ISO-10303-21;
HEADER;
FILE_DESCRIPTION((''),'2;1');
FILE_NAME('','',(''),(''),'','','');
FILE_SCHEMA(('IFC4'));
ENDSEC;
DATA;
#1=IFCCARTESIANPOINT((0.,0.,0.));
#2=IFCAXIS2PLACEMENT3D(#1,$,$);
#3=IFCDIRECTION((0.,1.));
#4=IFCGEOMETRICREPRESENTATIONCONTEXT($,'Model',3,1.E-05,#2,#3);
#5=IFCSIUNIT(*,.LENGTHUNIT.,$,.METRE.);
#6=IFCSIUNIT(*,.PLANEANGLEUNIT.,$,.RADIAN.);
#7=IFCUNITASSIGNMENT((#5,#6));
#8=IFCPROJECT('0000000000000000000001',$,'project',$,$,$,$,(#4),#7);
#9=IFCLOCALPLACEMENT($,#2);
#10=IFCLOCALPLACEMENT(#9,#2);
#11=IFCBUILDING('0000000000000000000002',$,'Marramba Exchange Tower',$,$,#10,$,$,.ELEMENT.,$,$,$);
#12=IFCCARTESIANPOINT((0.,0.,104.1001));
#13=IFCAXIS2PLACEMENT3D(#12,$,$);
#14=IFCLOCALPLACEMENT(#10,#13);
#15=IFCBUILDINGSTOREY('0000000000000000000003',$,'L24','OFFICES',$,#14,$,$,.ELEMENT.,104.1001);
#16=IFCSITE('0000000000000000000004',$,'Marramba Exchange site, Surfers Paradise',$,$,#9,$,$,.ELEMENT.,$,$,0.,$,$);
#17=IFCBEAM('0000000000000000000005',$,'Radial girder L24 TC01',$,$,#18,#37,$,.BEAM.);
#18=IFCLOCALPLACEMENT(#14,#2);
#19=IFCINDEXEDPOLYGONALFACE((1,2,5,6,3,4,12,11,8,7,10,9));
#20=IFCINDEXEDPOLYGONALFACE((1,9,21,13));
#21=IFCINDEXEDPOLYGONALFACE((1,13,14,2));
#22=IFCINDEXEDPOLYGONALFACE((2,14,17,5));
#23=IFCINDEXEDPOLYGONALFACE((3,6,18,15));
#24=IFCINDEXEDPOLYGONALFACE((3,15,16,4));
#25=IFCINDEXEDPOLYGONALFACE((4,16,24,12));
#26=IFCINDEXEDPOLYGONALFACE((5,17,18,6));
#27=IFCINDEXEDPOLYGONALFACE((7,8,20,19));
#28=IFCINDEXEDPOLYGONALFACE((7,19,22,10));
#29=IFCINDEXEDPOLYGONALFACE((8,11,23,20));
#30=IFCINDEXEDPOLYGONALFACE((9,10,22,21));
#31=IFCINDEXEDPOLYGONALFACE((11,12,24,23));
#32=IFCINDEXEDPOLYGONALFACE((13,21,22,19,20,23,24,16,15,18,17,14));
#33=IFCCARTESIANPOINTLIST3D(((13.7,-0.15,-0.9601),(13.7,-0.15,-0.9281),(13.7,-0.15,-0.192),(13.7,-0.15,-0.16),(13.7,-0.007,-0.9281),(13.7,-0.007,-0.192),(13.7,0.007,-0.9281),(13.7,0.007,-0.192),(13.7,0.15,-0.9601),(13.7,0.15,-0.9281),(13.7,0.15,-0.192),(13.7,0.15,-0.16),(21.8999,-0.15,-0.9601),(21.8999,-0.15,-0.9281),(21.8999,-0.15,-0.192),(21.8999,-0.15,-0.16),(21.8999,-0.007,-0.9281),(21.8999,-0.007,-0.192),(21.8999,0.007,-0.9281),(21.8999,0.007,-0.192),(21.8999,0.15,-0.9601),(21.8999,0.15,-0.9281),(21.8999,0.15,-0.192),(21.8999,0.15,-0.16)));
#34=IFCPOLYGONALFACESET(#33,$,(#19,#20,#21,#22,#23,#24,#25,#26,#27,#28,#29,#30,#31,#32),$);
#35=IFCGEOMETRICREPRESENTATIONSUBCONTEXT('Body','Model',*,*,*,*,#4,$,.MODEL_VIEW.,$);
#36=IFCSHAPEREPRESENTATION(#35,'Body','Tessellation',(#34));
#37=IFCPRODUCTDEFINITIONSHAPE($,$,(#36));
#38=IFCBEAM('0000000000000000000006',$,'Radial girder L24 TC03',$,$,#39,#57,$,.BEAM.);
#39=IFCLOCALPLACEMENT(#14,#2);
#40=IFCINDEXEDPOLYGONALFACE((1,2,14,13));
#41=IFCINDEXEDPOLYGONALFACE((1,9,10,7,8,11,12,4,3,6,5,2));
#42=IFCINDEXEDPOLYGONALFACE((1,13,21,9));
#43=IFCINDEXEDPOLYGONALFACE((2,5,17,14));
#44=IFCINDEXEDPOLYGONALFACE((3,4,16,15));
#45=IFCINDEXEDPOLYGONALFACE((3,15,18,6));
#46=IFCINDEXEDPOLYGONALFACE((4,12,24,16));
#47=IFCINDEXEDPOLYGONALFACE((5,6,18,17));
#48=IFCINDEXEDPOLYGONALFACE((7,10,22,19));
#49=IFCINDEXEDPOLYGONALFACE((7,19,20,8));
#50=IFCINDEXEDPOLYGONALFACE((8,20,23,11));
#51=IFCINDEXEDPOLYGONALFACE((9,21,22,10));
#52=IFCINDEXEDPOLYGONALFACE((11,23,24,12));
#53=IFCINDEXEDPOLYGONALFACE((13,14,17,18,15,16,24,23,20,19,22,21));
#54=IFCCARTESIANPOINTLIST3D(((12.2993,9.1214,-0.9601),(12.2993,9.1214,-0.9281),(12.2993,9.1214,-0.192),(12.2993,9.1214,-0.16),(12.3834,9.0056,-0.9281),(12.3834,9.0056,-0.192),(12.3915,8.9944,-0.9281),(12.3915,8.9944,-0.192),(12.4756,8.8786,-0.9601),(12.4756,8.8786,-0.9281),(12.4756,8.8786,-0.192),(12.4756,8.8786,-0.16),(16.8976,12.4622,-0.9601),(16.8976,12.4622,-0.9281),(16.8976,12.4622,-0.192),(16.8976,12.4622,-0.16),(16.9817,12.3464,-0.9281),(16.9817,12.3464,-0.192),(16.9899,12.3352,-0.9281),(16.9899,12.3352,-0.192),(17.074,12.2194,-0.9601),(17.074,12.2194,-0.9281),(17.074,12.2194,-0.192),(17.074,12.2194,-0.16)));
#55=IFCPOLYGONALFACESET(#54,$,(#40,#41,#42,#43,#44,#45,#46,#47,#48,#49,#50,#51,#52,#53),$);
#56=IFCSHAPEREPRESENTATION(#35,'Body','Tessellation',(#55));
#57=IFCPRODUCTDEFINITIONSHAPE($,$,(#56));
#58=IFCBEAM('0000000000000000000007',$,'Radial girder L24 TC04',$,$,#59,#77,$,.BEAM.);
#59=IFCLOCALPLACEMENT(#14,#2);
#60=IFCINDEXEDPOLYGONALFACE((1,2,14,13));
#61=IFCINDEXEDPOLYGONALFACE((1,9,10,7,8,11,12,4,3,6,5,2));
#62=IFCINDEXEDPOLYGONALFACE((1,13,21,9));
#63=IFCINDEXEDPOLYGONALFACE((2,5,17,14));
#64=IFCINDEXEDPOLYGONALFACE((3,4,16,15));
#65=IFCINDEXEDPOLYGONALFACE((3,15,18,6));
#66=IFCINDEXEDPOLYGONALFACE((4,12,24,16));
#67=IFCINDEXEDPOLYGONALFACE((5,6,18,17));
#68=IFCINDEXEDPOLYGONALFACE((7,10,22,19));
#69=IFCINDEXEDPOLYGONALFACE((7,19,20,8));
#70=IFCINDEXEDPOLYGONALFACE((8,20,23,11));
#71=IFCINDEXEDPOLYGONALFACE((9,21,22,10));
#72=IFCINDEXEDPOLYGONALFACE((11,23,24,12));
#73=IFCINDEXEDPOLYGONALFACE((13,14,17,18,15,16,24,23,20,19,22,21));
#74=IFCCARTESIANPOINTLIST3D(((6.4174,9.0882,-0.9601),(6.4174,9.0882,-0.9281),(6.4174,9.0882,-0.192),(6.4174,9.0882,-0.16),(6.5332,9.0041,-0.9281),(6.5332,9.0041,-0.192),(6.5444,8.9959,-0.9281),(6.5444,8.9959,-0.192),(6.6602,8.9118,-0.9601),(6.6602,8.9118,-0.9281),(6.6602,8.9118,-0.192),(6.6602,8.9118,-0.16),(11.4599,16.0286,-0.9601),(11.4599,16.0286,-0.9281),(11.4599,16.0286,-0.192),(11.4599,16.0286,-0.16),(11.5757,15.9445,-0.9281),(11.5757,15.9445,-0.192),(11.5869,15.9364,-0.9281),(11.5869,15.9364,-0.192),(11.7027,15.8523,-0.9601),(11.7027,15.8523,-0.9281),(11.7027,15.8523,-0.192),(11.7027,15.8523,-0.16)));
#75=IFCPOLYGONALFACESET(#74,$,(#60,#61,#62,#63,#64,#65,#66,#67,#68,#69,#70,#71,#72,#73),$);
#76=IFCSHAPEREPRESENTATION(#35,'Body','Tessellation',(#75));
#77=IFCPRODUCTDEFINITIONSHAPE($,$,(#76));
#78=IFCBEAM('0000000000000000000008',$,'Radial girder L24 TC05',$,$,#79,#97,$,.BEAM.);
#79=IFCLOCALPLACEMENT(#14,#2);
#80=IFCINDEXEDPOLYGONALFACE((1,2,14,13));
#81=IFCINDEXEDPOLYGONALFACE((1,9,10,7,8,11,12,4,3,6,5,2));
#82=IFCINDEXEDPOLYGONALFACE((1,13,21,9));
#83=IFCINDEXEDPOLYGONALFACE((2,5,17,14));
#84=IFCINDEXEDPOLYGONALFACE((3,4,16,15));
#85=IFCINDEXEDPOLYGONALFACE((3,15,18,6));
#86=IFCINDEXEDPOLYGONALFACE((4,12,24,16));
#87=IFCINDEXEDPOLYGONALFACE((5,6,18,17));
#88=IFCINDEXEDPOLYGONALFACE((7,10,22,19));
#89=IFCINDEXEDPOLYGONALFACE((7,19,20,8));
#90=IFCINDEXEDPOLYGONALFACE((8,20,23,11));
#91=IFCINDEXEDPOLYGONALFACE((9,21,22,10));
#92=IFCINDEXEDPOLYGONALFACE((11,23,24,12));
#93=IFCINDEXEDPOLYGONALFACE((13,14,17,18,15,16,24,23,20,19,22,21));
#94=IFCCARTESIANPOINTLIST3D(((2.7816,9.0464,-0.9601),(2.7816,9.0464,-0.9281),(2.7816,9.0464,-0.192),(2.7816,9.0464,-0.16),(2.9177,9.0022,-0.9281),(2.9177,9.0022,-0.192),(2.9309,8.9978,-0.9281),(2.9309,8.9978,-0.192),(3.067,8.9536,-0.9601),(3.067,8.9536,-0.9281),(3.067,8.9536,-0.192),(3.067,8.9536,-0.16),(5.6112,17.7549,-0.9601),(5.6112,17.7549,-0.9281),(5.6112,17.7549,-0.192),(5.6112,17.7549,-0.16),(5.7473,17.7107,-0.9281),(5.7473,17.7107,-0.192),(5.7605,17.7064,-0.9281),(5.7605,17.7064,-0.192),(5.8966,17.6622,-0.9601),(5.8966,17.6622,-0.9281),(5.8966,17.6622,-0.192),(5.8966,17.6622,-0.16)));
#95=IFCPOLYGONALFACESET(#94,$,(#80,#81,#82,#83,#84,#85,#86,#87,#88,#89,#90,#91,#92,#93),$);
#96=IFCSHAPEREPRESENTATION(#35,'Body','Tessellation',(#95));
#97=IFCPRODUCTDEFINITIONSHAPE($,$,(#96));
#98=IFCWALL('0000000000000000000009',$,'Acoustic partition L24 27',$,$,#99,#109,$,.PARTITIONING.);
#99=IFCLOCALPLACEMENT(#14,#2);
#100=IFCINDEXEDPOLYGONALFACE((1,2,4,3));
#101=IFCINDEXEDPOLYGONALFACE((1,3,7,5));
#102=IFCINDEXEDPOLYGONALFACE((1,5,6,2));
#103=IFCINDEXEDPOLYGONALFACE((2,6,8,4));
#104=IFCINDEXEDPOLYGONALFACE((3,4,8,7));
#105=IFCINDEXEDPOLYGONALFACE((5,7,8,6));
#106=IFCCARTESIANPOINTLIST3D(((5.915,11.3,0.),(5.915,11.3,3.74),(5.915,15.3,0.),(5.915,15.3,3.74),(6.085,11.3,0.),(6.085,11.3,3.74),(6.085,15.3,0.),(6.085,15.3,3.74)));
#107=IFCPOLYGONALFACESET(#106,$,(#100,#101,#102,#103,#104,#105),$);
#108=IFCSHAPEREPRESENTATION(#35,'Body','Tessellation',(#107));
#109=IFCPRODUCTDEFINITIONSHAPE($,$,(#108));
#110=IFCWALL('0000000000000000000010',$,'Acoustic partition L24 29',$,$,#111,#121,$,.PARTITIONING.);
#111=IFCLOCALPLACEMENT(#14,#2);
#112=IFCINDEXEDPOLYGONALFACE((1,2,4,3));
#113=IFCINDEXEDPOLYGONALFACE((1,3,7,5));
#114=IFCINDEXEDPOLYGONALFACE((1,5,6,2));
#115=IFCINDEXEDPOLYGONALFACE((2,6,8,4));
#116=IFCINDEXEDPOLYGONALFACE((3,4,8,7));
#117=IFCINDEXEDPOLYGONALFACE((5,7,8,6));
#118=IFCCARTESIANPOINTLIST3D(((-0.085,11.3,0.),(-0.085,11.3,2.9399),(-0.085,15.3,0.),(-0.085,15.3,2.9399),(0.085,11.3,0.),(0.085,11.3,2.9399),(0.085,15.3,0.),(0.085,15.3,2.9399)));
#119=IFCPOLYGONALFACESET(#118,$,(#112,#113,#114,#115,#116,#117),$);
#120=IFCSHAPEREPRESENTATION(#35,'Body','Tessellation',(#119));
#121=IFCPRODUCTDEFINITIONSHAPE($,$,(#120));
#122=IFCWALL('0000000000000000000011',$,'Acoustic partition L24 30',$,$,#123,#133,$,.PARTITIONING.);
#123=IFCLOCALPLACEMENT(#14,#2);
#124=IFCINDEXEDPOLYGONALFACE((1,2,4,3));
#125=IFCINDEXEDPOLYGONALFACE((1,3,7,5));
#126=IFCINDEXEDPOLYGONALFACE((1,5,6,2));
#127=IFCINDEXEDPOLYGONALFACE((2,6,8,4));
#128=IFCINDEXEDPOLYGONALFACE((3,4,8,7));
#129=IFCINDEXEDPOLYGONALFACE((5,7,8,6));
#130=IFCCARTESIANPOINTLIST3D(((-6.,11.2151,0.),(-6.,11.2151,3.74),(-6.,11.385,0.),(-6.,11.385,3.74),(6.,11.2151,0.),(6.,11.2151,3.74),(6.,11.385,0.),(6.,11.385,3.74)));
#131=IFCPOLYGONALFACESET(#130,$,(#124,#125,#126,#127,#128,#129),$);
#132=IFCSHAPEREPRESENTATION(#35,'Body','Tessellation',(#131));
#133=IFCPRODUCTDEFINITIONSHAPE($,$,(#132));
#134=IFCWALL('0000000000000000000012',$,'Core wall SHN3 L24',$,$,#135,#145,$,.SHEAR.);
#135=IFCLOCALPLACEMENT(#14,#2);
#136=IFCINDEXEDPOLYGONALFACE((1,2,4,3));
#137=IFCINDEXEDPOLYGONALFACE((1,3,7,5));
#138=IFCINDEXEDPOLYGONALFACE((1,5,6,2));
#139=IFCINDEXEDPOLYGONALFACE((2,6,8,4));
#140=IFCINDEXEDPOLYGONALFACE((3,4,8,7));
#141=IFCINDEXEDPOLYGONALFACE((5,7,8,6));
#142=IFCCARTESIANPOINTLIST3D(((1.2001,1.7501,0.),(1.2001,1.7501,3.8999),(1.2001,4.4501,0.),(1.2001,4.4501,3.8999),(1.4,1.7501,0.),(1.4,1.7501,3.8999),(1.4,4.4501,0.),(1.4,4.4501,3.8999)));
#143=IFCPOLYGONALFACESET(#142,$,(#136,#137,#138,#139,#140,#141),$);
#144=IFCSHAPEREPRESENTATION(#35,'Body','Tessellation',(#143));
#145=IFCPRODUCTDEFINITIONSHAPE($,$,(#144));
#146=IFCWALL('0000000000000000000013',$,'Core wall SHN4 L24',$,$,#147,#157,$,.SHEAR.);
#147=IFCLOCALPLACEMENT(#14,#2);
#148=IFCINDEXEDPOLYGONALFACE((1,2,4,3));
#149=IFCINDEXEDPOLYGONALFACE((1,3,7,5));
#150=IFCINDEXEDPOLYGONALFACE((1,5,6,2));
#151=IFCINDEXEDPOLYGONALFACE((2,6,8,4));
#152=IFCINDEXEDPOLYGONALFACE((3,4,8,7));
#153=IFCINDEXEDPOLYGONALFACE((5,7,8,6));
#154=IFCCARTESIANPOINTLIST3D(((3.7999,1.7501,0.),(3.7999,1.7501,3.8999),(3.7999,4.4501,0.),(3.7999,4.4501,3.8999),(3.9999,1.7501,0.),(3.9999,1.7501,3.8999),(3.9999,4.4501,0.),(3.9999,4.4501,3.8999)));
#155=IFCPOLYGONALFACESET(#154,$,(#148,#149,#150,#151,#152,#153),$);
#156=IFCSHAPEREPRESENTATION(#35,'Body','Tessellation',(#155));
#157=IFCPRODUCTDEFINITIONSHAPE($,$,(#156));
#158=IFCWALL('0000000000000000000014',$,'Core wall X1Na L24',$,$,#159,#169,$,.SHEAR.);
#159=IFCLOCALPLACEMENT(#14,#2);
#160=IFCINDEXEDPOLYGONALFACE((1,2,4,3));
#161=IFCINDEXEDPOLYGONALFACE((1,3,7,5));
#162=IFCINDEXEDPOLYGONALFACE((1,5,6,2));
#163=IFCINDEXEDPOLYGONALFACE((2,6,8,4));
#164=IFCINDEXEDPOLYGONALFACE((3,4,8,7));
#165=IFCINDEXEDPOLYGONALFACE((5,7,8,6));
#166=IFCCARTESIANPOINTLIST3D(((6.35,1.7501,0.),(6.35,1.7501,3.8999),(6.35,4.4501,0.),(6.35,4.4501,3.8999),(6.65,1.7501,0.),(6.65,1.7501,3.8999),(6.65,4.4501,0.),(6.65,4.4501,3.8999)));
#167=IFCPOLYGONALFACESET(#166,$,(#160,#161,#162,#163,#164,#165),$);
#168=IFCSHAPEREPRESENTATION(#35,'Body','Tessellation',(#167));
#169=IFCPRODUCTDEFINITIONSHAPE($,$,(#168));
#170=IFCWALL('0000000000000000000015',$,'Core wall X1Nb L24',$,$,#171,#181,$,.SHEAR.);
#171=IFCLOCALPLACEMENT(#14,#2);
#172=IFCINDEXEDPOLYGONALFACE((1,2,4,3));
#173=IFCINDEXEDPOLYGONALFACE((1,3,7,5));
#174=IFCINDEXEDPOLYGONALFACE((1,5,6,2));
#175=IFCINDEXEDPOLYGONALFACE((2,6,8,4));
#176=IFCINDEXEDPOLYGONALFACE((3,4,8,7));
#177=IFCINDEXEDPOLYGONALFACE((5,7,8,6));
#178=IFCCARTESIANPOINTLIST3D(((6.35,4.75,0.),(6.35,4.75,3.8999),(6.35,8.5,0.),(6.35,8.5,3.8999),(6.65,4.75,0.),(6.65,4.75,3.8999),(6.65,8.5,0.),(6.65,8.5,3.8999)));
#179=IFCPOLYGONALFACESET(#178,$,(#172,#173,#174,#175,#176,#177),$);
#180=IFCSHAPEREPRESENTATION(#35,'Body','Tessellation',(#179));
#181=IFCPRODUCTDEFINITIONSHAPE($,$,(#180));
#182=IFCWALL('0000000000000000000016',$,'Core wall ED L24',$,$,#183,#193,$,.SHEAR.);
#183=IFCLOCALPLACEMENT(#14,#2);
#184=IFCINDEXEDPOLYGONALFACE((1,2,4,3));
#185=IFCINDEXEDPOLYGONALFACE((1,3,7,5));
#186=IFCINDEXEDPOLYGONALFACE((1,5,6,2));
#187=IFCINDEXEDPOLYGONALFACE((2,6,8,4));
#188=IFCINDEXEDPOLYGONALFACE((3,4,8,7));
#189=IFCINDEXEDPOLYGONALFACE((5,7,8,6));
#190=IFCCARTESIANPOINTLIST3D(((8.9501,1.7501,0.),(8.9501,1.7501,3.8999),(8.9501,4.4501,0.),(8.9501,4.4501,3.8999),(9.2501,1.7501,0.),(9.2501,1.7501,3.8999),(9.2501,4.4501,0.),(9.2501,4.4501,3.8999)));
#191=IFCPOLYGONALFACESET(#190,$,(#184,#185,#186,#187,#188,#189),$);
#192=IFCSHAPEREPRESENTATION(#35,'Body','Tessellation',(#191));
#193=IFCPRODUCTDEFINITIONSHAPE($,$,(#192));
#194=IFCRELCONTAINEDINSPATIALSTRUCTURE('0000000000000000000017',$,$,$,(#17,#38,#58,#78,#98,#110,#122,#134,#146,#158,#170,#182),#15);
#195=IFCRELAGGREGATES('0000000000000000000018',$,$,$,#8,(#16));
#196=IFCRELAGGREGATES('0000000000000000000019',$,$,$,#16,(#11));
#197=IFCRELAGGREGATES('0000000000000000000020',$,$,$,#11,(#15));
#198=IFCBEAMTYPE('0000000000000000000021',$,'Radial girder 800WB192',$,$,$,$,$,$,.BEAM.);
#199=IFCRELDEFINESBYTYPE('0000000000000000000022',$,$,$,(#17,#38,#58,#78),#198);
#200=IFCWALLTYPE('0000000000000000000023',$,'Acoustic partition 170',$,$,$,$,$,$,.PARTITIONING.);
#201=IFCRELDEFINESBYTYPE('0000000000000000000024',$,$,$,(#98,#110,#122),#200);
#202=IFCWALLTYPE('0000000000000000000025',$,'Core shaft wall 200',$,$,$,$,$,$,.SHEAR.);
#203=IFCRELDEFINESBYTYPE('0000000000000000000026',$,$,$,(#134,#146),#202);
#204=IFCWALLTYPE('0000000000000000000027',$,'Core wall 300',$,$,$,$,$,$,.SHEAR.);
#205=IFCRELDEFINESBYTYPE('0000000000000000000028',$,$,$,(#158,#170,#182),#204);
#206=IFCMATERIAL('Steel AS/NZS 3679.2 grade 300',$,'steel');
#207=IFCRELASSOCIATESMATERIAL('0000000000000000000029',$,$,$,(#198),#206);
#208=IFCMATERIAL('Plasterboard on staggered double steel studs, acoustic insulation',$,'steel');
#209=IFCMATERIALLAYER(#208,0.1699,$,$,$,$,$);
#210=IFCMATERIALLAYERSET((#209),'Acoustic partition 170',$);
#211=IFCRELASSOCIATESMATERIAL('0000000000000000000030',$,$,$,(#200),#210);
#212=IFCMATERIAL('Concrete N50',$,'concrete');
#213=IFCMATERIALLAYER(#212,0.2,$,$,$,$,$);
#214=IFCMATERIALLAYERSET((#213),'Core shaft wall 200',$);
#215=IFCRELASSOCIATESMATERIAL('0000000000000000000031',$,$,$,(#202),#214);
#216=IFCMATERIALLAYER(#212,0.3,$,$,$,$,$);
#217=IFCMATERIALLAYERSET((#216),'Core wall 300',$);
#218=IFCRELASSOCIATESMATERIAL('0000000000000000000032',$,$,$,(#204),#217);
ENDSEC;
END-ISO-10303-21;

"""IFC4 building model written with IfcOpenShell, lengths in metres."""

from ifc_helpers import new_model, si_unit, direction, frame, frame_2d, origin, origin_2d, place, context, subcontext, project, spatial, rectangle, i_section, extrude, material, layer, layer_set, material_profile, profile_set, type_object, element, save


model = new_model("IFC4")

# Units and contexts
model_context = context("Model", 3, precision=1e-05, world=origin(), true_north=direction((0.0, 1.0)))
body_context = subcontext(model_context, "Body", "Model", "MODEL_VIEW")
ifc_project = project(units=[si_unit("LENGTHUNIT", "METRE"), si_unit("PLANEANGLEUNIT", "RADIAN")], contexts=[model_context])

# Site, building, storey
site_placement = place(None, origin())
site = spatial("IfcSite", under=ifc_project, at=site_placement, Name="Marramba Exchange site, Surfers Paradise", CompositionType="ELEMENT", RefElevation=0.0)
building_placement = place(site_placement, origin())
building = spatial("IfcBuilding", under=site, at=building_placement, Name="Marramba Exchange Tower", CompositionType="ELEMENT")
storey_placement = place(building_placement, frame((0.0, 0.0, 104.1001)))
storey = spatial("IfcBuildingStorey", under=building, at=storey_placement, Name="L24", Description="OFFICES", CompositionType="ELEMENT", Elevation=104.1001)

# Beams
ifc_material_1 = material(Name="Steel AS/NZS 3679.2 grade 300", Category="steel")
ifc_material_profile_1 = material_profile(ifc_material_1, i_section(OverallWidth=0.3, OverallDepth=0.8, WebThickness=0.0139, FlangeThickness=0.032, at=origin_2d()), Name="800WB192")
ifc_profile_set_1 = profile_set([ifc_material_profile_1], Name="Steel AS/NZS 3679.2 grade 300")
beam_type_1 = type_object("IfcBeamType", Name="Radial girder 800WB192", PredefinedType="BEAM", material=ifc_profile_set_1)
beam_1_placement = place(storey_placement, frame((13.7, 0.0, -0.5601), z_axis=(1.0, 0.0, 0.0), x_axis=(0.0, 1.0, 0.0)))
element("IfcBeam", 1, at=beam_1_placement, inside=storey, type_object=beam_type_1, Name="Radial girder L24 TC01", PredefinedType="BEAM", context=body_context, shape_type="SweptSolid", body=[
    extrude(i_section(OverallWidth=0.3, OverallDepth=0.8, WebThickness=0.0139, FlangeThickness=0.032, at=origin_2d()), origin(), (0.0, 0.0, 1.0), 8.2),
])
beam_2_placement = place(storey_placement, frame((12.3875, 9.0, -0.5601), z_axis=(0.809026, 0.587773, 0.0), x_axis=(-0.587773, 0.809026, 0.0)))
element("IfcBeam", 2, at=beam_2_placement, inside=storey, type_object=beam_type_1, Name="Radial girder L24 TC03", PredefinedType="BEAM", context=body_context, shape_type="SweptSolid", body=[
    extrude(i_section(OverallWidth=0.3, OverallDepth=0.8, WebThickness=0.0139, FlangeThickness=0.032, at=origin_2d()), origin(), (0.0, 0.0, 1.0), 5.6838),
])
beam_3_placement = place(storey_placement, frame((6.5388, 9.0, -0.5601), z_axis=(0.587782, 0.809019, 0.0), x_axis=(-0.809019, 0.587782, 0.0)))
element("IfcBeam", 3, at=beam_3_placement, inside=storey, type_object=beam_type_1, Name="Radial girder L24 TC04", PredefinedType="BEAM", context=body_context, shape_type="SweptSolid", body=[
    extrude(i_section(OverallWidth=0.3, OverallDepth=0.8, WebThickness=0.0139, FlangeThickness=0.032, at=origin_2d()), origin(), (0.0, 0.0, 1.0), 8.5789),
])
beam_4_placement = place(storey_placement, frame((2.9243, 9.0, -0.5601), z_axis=(0.30902, 0.951056, 0.0), x_axis=(-0.951056, 0.30902, 0.0)))
element("IfcBeam", 4, at=beam_4_placement, inside=storey, type_object=beam_type_1, Name="Radial girder L24 TC05", PredefinedType="BEAM", context=body_context, shape_type="SweptSolid", body=[
    extrude(i_section(OverallWidth=0.3, OverallDepth=0.8, WebThickness=0.0139, FlangeThickness=0.032, at=origin_2d()), origin(), (0.0, 0.0, 1.0), 9.1567),
])

# Walls
ifc_material_2 = material(Name="Plasterboard on staggered double steel studs, acoustic insulation", Category="steel")
ifc_layer_1 = layer(ifc_material_2, 0.1699)
ifc_layer_set_1 = layer_set([ifc_layer_1], Name="Acoustic partition 170")
wall_type_1 = type_object("IfcWallType", Name="Acoustic partition 170", PredefinedType="PARTITIONING", material=ifc_layer_set_1)
wall_1_placement = place(storey_placement, frame((6.0, 15.3, 0.0), z_axis=(0.0, 0.0, 1.0), x_axis=(0.0, -1.0, 0.0)))
element("IfcWall", 5, at=wall_1_placement, inside=storey, type_object=wall_type_1, Name="Acoustic partition L24 27", PredefinedType="PARTITIONING", context=body_context, shape_type="SweptSolid", body=[
    extrude(rectangle(XDim=4.0, YDim=0.1699, at=frame_2d((2.0, 0.0))), origin(), (0.0, 0.0, 1.0), 3.74),
])
wall_2_placement = place(storey_placement, frame((0.0, 15.3, 0.0), z_axis=(0.0, 0.0, 1.0), x_axis=(0.0, -1.0, 0.0)))
element("IfcWall", 6, at=wall_2_placement, inside=storey, type_object=wall_type_1, Name="Acoustic partition L24 29", PredefinedType="PARTITIONING", context=body_context, shape_type="SweptSolid", body=[
    extrude(rectangle(XDim=4.0, YDim=0.1699, at=frame_2d((2.0, 0.0))), origin(), (0.0, 0.0, 1.0), 2.9399),
])
wall_3_placement = place(storey_placement, frame((6.0, 11.3, 0.0), z_axis=(0.0, 0.0, 1.0), x_axis=(-1.0, 0.0, 0.0)))
element("IfcWall", 7, at=wall_3_placement, inside=storey, type_object=wall_type_1, Name="Acoustic partition L24 30", PredefinedType="PARTITIONING", context=body_context, shape_type="SweptSolid", body=[
    extrude(rectangle(XDim=12.0, YDim=0.1699, at=frame_2d((6.0, 0.0))), origin(), (0.0, 0.0, 1.0), 3.74),
])
ifc_material_3 = material(Name="Concrete N50", Category="concrete")
ifc_layer_2 = layer(ifc_material_3, 0.2)
ifc_layer_set_2 = layer_set([ifc_layer_2], Name="Core shaft wall 200")
wall_type_2 = type_object("IfcWallType", Name="Core shaft wall 200", PredefinedType="SHEAR", material=ifc_layer_set_2)
for number, where, z_axis, x_axis, name in (
    (8, (1.3, 1.75, 0.0), (0.0, 0.0, 1.0), (0.0, 1.0, 0.0), "Core wall SHN3 L24"),
    (9, (3.8999, 1.75, 0.0), (0.0, 0.0, 1.0), (0.0, 1.0, 0.0), "Core wall SHN4 L24"),
):
    element("IfcWall", number, at=place(storey_placement, frame(where, z_axis=z_axis, x_axis=x_axis)), inside=storey, type_object=wall_type_2, Name=name, PredefinedType="SHEAR", context=body_context, shape_type="SweptSolid", body=[
        extrude(rectangle(XDim=2.7, YDim=0.2, at=frame_2d((1.3501, 0.0))), origin(), (0.0, 0.0, 1.0), 3.8999),
    ])

# Walls
ifc_layer_3 = layer(ifc_material_3, 0.3)
ifc_layer_set_3 = layer_set([ifc_layer_3], Name="Core wall 300")
wall_type_3 = type_object("IfcWallType", Name="Core wall 300", PredefinedType="SHEAR", material=ifc_layer_set_3)
wall_4_placement = place(storey_placement, frame((6.5, 1.75, 0.0), z_axis=(0.0, 0.0, 1.0), x_axis=(0.0, 1.0, 0.0)))
element("IfcWall", 10, at=wall_4_placement, inside=storey, type_object=wall_type_3, Name="Core wall X1Na L24", PredefinedType="SHEAR", context=body_context, shape_type="SweptSolid", body=[
    extrude(rectangle(XDim=2.7, YDim=0.3, at=frame_2d((1.3501, 0.0))), origin(), (0.0, 0.0, 1.0), 3.8999),
])
wall_5_placement = place(storey_placement, frame((6.5, 4.75, 0.0), z_axis=(0.0, 0.0, 1.0), x_axis=(0.0, 1.0, 0.0)))
element("IfcWall", 11, at=wall_5_placement, inside=storey, type_object=wall_type_3, Name="Core wall X1Nb L24", PredefinedType="SHEAR", context=body_context, shape_type="SweptSolid", body=[
    extrude(rectangle(XDim=3.75, YDim=0.3, at=frame_2d((1.875, 0.0))), origin(), (0.0, 0.0, 1.0), 3.8999),
])
wall_6_placement = place(storey_placement, frame((9.1001, 1.75, 0.0), z_axis=(0.0, 0.0, 1.0), x_axis=(0.0, 1.0, 0.0)))
element("IfcWall", 12, at=wall_6_placement, inside=storey, type_object=wall_type_3, Name="Core wall ED L24", PredefinedType="SHEAR", context=body_context, shape_type="SweptSolid", body=[
    extrude(rectangle(XDim=2.7, YDim=0.3, at=frame_2d((1.3501, 0.0))), origin(), (0.0, 0.0, 1.0), 3.8999),
])

save(model, "model.ifc")
